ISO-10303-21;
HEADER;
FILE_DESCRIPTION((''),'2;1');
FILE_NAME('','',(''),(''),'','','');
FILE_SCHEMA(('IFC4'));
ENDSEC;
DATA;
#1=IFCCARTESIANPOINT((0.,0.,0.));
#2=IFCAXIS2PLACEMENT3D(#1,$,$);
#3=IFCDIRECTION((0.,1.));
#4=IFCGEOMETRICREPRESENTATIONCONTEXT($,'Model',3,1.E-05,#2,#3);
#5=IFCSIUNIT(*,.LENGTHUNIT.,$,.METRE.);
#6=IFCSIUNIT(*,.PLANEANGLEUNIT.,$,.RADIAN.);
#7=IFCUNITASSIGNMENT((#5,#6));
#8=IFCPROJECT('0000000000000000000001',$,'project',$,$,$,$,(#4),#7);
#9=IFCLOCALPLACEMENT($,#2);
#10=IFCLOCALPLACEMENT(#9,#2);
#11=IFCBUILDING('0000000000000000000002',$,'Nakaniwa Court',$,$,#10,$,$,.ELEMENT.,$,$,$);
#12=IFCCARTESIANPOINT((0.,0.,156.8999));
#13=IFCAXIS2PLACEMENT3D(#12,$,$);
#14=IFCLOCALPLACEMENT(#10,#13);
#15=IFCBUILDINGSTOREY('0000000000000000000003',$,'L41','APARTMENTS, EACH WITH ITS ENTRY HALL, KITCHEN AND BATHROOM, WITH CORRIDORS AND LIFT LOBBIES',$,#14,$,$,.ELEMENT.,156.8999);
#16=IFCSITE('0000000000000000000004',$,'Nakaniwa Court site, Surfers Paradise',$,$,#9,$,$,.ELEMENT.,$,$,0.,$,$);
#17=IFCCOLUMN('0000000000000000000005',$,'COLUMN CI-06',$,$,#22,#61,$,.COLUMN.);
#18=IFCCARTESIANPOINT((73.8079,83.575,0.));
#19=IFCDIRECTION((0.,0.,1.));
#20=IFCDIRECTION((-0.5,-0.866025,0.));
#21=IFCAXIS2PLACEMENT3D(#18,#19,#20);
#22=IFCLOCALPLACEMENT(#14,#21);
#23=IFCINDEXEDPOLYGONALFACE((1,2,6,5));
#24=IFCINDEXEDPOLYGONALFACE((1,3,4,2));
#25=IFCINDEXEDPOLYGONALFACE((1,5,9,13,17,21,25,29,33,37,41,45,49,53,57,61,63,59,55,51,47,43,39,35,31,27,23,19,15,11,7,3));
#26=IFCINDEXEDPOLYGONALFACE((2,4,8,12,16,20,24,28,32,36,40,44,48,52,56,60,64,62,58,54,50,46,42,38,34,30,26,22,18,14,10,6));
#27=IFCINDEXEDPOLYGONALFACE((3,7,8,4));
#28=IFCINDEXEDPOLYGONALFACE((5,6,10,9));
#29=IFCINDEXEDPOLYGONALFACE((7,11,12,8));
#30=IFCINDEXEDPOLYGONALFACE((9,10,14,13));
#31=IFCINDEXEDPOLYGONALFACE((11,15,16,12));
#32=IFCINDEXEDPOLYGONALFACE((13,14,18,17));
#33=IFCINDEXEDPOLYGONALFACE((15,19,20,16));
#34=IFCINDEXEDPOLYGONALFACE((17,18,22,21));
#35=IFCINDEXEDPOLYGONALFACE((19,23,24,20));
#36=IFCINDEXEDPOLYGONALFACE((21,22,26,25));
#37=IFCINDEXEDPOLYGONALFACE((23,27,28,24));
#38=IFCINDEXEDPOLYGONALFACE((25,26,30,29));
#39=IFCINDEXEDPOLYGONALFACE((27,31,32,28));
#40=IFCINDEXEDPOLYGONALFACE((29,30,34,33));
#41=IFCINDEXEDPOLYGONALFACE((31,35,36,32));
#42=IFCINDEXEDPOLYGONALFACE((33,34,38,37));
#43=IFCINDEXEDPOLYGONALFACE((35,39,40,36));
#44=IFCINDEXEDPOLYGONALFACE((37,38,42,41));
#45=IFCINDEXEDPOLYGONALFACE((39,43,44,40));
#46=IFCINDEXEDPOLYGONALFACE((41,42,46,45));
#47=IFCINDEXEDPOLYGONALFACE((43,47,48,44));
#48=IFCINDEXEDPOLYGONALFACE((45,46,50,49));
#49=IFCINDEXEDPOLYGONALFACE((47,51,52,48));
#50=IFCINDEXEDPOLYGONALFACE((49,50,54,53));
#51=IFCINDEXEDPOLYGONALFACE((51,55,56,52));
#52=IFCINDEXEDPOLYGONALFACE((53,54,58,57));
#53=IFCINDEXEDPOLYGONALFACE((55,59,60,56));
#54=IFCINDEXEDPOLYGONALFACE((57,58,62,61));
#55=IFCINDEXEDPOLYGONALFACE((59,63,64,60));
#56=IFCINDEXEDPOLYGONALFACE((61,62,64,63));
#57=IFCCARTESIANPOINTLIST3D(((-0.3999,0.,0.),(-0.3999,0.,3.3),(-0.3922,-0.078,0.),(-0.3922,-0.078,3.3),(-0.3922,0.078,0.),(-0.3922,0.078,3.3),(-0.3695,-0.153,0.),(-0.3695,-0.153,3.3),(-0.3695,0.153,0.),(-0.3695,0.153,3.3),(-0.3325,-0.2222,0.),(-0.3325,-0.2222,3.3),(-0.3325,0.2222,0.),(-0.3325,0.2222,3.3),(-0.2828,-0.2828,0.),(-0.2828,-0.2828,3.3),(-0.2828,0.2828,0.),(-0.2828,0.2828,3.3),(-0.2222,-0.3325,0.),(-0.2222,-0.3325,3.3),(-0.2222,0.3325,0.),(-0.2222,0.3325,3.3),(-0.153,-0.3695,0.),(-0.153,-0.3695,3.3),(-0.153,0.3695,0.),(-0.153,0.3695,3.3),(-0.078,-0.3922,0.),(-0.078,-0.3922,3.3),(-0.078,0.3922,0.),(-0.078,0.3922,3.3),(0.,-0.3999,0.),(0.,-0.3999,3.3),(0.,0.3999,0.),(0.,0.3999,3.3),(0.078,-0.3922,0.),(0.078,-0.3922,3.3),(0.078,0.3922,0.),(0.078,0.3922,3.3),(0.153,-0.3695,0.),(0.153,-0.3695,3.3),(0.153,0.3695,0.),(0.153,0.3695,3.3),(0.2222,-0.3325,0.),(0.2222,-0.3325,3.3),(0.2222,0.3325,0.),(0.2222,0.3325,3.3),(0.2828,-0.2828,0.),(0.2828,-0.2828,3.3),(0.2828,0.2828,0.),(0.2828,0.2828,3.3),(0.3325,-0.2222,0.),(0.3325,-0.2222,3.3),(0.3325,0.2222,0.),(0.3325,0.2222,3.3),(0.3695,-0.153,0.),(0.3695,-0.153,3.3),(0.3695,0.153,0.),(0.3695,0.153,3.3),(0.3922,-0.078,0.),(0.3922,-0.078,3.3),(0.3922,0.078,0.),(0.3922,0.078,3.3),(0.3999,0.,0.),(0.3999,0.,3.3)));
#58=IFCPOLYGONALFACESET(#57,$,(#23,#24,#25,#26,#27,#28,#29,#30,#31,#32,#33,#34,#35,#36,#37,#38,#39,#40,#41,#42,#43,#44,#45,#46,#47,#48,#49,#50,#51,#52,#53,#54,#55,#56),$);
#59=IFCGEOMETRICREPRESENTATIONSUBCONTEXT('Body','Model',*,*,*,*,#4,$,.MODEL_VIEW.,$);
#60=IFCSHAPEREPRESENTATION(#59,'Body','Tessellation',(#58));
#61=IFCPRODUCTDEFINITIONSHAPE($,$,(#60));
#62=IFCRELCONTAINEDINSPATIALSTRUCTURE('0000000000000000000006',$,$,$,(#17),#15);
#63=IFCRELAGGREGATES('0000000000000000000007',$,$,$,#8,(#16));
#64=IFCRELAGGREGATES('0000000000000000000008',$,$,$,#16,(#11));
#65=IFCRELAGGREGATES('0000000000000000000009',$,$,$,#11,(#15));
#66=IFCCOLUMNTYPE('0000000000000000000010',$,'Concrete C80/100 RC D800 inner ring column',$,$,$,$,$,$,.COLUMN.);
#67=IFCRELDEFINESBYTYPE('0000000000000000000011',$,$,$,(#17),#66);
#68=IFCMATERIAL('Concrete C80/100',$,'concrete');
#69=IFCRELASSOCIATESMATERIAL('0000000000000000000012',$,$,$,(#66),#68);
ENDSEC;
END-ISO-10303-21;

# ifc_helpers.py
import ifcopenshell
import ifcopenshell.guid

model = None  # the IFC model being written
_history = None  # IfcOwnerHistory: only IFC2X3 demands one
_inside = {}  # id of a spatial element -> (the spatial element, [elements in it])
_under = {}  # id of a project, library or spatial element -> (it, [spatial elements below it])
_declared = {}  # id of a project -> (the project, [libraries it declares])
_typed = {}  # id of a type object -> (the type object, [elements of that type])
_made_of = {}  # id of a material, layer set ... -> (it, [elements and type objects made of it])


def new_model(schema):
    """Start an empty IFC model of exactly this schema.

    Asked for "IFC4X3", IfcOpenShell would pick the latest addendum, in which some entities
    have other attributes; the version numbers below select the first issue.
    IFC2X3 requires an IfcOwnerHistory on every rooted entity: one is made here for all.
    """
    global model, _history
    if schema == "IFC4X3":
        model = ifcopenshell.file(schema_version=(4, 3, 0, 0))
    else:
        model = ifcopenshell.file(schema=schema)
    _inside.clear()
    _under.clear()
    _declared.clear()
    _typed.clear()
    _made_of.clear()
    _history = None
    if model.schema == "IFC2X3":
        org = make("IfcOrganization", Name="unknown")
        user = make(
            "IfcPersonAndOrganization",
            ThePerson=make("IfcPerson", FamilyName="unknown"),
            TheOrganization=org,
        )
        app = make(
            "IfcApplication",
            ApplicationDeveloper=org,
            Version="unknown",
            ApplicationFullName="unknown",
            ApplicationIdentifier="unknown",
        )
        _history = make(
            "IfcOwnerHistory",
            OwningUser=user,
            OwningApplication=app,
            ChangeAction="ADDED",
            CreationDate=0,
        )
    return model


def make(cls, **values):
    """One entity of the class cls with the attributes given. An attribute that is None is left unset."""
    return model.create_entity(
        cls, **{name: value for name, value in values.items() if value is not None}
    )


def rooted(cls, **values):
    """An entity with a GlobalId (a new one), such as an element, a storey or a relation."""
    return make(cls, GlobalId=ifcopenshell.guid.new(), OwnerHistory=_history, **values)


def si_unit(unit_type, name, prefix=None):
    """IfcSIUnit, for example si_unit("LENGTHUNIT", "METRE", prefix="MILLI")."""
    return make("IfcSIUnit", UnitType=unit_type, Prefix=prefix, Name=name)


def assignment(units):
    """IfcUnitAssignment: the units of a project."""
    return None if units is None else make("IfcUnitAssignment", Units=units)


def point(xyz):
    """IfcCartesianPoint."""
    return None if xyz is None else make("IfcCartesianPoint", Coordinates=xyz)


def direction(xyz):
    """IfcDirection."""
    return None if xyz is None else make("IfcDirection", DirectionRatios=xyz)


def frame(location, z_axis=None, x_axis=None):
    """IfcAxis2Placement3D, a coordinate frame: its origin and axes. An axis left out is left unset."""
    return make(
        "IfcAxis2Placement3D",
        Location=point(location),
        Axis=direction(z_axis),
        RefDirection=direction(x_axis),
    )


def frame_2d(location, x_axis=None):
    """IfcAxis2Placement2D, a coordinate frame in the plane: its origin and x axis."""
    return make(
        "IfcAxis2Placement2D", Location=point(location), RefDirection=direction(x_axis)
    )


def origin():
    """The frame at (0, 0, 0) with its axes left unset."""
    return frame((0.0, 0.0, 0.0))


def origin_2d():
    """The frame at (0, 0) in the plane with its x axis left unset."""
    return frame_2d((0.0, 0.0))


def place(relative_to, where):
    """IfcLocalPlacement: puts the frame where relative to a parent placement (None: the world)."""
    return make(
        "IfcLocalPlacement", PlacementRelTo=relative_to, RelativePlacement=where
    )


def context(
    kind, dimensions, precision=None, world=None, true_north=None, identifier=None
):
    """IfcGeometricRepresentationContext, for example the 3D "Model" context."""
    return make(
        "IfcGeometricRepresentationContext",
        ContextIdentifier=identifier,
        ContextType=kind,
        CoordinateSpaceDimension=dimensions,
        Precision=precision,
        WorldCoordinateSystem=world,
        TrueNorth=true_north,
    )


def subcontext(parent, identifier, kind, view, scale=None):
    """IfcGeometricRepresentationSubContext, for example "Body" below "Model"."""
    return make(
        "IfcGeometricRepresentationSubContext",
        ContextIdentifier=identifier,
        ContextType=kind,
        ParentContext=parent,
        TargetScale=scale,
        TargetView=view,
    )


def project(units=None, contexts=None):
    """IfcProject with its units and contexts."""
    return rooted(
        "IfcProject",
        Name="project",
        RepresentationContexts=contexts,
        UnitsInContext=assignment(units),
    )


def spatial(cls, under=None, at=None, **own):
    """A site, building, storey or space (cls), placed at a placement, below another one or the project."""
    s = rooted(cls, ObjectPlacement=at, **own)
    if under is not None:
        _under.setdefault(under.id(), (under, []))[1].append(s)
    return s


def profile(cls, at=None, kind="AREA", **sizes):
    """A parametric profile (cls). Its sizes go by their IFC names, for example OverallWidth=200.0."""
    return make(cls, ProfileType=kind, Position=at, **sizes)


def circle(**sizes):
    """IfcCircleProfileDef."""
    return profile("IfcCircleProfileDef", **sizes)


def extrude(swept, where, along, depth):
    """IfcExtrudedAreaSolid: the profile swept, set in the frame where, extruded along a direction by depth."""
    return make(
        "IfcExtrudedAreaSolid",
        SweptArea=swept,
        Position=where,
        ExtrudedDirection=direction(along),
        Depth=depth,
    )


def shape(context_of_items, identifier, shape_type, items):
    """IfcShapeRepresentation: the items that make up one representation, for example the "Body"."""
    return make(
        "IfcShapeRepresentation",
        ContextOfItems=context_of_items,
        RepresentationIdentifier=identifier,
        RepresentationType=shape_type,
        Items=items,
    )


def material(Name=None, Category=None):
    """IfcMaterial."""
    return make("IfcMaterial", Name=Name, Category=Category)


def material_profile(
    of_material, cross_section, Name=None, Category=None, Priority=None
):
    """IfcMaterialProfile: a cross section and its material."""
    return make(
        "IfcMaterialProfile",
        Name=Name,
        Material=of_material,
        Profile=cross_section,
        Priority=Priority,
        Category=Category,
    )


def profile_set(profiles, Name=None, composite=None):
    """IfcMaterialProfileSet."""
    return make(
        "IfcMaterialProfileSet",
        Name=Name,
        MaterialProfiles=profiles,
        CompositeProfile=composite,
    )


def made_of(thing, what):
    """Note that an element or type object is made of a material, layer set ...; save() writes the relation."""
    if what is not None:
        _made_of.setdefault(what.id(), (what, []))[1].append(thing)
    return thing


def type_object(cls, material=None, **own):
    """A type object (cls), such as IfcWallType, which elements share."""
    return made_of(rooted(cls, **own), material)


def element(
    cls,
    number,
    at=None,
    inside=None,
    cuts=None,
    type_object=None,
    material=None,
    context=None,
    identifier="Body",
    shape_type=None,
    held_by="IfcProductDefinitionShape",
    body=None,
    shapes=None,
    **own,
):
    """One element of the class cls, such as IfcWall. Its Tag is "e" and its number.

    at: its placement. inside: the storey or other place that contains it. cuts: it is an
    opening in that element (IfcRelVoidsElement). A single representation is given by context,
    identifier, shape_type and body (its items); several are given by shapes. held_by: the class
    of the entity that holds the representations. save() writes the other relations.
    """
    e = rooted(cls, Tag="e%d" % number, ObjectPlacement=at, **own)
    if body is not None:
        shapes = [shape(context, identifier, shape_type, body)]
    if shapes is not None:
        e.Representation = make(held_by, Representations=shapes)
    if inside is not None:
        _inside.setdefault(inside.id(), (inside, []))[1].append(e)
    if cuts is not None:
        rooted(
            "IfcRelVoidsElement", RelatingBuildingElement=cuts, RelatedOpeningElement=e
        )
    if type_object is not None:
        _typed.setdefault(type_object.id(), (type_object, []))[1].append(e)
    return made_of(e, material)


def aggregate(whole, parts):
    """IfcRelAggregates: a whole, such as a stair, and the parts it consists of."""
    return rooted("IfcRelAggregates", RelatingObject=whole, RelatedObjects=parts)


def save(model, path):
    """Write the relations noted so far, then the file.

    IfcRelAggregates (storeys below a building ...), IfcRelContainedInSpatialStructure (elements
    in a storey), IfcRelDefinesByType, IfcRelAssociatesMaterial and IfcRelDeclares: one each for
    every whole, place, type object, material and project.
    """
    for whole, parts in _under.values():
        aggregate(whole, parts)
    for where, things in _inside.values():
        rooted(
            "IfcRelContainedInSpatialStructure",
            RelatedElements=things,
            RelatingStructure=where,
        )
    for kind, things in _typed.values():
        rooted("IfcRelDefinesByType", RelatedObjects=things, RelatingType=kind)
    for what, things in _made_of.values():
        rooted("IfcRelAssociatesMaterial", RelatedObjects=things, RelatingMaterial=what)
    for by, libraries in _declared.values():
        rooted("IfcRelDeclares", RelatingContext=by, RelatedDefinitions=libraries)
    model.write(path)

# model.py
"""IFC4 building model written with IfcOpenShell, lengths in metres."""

from ifc_helpers import new_model, si_unit, direction, frame, origin, origin_2d, place, context, subcontext, project, spatial, circle, extrude, material, material_profile, profile_set, type_object, element, save


model = new_model("IFC4")

# Units and contexts
model_context = context("Model", 3, precision=1e-05, world=origin(), true_north=direction((0.0, 1.0)))
body_context = subcontext(model_context, "Body", "Model", "MODEL_VIEW")
ifc_project = project(units=[si_unit("LENGTHUNIT", "METRE"), si_unit("PLANEANGLEUNIT", "RADIAN")], contexts=[model_context])

# Site, building, storey
site_placement = place(None, origin())
site = spatial("IfcSite", under=ifc_project, at=site_placement, Name="Nakaniwa Court site, Surfers Paradise", CompositionType="ELEMENT", RefElevation=0.0)
building_placement = place(site_placement, origin())
building = spatial("IfcBuilding", under=site, at=building_placement, Name="Nakaniwa Court", CompositionType="ELEMENT")
storey_placement = place(building_placement, frame((0.0, 0.0, 156.8999)))
storey = spatial("IfcBuildingStorey", under=building, at=storey_placement, Name="L41", Description="APARTMENTS, EACH WITH ITS ENTRY HALL, KITCHEN AND BATHROOM, WITH CORRIDORS AND LIFT LOBBIES", CompositionType="ELEMENT", Elevation=156.8999)

# Column
ifc_material_1 = material(Name="Concrete C80/100", Category="concrete")
ifc_material_profile_1 = material_profile(ifc_material_1, circle(Radius=0.3999, at=origin_2d()), Name="Concrete C80/100 RC D800 inner ring column")
ifc_profile_set_1 = profile_set([ifc_material_profile_1], Name="Concrete C80/100")
column_type_1 = type_object("IfcColumnType", Name="Concrete C80/100 RC D800 inner ring column", PredefinedType="COLUMN", material=ifc_profile_set_1)
column_placement = place(storey_placement, frame((73.8079, 83.575, 0.0), z_axis=(0.0, 0.0, 1.0), x_axis=(-0.5, -0.866025, 0.0)))
element("IfcColumn", 1, at=column_placement, inside=storey, type_object=column_type_1, Name="COLUMN CI-06", PredefinedType="COLUMN", context=body_context, shape_type="SweptSolid", body=[
    extrude(circle(Radius=0.3999, at=origin_2d()), origin(), (0.0, 0.0, 1.0), 3.3),
])

save(model, "model.ifc")
